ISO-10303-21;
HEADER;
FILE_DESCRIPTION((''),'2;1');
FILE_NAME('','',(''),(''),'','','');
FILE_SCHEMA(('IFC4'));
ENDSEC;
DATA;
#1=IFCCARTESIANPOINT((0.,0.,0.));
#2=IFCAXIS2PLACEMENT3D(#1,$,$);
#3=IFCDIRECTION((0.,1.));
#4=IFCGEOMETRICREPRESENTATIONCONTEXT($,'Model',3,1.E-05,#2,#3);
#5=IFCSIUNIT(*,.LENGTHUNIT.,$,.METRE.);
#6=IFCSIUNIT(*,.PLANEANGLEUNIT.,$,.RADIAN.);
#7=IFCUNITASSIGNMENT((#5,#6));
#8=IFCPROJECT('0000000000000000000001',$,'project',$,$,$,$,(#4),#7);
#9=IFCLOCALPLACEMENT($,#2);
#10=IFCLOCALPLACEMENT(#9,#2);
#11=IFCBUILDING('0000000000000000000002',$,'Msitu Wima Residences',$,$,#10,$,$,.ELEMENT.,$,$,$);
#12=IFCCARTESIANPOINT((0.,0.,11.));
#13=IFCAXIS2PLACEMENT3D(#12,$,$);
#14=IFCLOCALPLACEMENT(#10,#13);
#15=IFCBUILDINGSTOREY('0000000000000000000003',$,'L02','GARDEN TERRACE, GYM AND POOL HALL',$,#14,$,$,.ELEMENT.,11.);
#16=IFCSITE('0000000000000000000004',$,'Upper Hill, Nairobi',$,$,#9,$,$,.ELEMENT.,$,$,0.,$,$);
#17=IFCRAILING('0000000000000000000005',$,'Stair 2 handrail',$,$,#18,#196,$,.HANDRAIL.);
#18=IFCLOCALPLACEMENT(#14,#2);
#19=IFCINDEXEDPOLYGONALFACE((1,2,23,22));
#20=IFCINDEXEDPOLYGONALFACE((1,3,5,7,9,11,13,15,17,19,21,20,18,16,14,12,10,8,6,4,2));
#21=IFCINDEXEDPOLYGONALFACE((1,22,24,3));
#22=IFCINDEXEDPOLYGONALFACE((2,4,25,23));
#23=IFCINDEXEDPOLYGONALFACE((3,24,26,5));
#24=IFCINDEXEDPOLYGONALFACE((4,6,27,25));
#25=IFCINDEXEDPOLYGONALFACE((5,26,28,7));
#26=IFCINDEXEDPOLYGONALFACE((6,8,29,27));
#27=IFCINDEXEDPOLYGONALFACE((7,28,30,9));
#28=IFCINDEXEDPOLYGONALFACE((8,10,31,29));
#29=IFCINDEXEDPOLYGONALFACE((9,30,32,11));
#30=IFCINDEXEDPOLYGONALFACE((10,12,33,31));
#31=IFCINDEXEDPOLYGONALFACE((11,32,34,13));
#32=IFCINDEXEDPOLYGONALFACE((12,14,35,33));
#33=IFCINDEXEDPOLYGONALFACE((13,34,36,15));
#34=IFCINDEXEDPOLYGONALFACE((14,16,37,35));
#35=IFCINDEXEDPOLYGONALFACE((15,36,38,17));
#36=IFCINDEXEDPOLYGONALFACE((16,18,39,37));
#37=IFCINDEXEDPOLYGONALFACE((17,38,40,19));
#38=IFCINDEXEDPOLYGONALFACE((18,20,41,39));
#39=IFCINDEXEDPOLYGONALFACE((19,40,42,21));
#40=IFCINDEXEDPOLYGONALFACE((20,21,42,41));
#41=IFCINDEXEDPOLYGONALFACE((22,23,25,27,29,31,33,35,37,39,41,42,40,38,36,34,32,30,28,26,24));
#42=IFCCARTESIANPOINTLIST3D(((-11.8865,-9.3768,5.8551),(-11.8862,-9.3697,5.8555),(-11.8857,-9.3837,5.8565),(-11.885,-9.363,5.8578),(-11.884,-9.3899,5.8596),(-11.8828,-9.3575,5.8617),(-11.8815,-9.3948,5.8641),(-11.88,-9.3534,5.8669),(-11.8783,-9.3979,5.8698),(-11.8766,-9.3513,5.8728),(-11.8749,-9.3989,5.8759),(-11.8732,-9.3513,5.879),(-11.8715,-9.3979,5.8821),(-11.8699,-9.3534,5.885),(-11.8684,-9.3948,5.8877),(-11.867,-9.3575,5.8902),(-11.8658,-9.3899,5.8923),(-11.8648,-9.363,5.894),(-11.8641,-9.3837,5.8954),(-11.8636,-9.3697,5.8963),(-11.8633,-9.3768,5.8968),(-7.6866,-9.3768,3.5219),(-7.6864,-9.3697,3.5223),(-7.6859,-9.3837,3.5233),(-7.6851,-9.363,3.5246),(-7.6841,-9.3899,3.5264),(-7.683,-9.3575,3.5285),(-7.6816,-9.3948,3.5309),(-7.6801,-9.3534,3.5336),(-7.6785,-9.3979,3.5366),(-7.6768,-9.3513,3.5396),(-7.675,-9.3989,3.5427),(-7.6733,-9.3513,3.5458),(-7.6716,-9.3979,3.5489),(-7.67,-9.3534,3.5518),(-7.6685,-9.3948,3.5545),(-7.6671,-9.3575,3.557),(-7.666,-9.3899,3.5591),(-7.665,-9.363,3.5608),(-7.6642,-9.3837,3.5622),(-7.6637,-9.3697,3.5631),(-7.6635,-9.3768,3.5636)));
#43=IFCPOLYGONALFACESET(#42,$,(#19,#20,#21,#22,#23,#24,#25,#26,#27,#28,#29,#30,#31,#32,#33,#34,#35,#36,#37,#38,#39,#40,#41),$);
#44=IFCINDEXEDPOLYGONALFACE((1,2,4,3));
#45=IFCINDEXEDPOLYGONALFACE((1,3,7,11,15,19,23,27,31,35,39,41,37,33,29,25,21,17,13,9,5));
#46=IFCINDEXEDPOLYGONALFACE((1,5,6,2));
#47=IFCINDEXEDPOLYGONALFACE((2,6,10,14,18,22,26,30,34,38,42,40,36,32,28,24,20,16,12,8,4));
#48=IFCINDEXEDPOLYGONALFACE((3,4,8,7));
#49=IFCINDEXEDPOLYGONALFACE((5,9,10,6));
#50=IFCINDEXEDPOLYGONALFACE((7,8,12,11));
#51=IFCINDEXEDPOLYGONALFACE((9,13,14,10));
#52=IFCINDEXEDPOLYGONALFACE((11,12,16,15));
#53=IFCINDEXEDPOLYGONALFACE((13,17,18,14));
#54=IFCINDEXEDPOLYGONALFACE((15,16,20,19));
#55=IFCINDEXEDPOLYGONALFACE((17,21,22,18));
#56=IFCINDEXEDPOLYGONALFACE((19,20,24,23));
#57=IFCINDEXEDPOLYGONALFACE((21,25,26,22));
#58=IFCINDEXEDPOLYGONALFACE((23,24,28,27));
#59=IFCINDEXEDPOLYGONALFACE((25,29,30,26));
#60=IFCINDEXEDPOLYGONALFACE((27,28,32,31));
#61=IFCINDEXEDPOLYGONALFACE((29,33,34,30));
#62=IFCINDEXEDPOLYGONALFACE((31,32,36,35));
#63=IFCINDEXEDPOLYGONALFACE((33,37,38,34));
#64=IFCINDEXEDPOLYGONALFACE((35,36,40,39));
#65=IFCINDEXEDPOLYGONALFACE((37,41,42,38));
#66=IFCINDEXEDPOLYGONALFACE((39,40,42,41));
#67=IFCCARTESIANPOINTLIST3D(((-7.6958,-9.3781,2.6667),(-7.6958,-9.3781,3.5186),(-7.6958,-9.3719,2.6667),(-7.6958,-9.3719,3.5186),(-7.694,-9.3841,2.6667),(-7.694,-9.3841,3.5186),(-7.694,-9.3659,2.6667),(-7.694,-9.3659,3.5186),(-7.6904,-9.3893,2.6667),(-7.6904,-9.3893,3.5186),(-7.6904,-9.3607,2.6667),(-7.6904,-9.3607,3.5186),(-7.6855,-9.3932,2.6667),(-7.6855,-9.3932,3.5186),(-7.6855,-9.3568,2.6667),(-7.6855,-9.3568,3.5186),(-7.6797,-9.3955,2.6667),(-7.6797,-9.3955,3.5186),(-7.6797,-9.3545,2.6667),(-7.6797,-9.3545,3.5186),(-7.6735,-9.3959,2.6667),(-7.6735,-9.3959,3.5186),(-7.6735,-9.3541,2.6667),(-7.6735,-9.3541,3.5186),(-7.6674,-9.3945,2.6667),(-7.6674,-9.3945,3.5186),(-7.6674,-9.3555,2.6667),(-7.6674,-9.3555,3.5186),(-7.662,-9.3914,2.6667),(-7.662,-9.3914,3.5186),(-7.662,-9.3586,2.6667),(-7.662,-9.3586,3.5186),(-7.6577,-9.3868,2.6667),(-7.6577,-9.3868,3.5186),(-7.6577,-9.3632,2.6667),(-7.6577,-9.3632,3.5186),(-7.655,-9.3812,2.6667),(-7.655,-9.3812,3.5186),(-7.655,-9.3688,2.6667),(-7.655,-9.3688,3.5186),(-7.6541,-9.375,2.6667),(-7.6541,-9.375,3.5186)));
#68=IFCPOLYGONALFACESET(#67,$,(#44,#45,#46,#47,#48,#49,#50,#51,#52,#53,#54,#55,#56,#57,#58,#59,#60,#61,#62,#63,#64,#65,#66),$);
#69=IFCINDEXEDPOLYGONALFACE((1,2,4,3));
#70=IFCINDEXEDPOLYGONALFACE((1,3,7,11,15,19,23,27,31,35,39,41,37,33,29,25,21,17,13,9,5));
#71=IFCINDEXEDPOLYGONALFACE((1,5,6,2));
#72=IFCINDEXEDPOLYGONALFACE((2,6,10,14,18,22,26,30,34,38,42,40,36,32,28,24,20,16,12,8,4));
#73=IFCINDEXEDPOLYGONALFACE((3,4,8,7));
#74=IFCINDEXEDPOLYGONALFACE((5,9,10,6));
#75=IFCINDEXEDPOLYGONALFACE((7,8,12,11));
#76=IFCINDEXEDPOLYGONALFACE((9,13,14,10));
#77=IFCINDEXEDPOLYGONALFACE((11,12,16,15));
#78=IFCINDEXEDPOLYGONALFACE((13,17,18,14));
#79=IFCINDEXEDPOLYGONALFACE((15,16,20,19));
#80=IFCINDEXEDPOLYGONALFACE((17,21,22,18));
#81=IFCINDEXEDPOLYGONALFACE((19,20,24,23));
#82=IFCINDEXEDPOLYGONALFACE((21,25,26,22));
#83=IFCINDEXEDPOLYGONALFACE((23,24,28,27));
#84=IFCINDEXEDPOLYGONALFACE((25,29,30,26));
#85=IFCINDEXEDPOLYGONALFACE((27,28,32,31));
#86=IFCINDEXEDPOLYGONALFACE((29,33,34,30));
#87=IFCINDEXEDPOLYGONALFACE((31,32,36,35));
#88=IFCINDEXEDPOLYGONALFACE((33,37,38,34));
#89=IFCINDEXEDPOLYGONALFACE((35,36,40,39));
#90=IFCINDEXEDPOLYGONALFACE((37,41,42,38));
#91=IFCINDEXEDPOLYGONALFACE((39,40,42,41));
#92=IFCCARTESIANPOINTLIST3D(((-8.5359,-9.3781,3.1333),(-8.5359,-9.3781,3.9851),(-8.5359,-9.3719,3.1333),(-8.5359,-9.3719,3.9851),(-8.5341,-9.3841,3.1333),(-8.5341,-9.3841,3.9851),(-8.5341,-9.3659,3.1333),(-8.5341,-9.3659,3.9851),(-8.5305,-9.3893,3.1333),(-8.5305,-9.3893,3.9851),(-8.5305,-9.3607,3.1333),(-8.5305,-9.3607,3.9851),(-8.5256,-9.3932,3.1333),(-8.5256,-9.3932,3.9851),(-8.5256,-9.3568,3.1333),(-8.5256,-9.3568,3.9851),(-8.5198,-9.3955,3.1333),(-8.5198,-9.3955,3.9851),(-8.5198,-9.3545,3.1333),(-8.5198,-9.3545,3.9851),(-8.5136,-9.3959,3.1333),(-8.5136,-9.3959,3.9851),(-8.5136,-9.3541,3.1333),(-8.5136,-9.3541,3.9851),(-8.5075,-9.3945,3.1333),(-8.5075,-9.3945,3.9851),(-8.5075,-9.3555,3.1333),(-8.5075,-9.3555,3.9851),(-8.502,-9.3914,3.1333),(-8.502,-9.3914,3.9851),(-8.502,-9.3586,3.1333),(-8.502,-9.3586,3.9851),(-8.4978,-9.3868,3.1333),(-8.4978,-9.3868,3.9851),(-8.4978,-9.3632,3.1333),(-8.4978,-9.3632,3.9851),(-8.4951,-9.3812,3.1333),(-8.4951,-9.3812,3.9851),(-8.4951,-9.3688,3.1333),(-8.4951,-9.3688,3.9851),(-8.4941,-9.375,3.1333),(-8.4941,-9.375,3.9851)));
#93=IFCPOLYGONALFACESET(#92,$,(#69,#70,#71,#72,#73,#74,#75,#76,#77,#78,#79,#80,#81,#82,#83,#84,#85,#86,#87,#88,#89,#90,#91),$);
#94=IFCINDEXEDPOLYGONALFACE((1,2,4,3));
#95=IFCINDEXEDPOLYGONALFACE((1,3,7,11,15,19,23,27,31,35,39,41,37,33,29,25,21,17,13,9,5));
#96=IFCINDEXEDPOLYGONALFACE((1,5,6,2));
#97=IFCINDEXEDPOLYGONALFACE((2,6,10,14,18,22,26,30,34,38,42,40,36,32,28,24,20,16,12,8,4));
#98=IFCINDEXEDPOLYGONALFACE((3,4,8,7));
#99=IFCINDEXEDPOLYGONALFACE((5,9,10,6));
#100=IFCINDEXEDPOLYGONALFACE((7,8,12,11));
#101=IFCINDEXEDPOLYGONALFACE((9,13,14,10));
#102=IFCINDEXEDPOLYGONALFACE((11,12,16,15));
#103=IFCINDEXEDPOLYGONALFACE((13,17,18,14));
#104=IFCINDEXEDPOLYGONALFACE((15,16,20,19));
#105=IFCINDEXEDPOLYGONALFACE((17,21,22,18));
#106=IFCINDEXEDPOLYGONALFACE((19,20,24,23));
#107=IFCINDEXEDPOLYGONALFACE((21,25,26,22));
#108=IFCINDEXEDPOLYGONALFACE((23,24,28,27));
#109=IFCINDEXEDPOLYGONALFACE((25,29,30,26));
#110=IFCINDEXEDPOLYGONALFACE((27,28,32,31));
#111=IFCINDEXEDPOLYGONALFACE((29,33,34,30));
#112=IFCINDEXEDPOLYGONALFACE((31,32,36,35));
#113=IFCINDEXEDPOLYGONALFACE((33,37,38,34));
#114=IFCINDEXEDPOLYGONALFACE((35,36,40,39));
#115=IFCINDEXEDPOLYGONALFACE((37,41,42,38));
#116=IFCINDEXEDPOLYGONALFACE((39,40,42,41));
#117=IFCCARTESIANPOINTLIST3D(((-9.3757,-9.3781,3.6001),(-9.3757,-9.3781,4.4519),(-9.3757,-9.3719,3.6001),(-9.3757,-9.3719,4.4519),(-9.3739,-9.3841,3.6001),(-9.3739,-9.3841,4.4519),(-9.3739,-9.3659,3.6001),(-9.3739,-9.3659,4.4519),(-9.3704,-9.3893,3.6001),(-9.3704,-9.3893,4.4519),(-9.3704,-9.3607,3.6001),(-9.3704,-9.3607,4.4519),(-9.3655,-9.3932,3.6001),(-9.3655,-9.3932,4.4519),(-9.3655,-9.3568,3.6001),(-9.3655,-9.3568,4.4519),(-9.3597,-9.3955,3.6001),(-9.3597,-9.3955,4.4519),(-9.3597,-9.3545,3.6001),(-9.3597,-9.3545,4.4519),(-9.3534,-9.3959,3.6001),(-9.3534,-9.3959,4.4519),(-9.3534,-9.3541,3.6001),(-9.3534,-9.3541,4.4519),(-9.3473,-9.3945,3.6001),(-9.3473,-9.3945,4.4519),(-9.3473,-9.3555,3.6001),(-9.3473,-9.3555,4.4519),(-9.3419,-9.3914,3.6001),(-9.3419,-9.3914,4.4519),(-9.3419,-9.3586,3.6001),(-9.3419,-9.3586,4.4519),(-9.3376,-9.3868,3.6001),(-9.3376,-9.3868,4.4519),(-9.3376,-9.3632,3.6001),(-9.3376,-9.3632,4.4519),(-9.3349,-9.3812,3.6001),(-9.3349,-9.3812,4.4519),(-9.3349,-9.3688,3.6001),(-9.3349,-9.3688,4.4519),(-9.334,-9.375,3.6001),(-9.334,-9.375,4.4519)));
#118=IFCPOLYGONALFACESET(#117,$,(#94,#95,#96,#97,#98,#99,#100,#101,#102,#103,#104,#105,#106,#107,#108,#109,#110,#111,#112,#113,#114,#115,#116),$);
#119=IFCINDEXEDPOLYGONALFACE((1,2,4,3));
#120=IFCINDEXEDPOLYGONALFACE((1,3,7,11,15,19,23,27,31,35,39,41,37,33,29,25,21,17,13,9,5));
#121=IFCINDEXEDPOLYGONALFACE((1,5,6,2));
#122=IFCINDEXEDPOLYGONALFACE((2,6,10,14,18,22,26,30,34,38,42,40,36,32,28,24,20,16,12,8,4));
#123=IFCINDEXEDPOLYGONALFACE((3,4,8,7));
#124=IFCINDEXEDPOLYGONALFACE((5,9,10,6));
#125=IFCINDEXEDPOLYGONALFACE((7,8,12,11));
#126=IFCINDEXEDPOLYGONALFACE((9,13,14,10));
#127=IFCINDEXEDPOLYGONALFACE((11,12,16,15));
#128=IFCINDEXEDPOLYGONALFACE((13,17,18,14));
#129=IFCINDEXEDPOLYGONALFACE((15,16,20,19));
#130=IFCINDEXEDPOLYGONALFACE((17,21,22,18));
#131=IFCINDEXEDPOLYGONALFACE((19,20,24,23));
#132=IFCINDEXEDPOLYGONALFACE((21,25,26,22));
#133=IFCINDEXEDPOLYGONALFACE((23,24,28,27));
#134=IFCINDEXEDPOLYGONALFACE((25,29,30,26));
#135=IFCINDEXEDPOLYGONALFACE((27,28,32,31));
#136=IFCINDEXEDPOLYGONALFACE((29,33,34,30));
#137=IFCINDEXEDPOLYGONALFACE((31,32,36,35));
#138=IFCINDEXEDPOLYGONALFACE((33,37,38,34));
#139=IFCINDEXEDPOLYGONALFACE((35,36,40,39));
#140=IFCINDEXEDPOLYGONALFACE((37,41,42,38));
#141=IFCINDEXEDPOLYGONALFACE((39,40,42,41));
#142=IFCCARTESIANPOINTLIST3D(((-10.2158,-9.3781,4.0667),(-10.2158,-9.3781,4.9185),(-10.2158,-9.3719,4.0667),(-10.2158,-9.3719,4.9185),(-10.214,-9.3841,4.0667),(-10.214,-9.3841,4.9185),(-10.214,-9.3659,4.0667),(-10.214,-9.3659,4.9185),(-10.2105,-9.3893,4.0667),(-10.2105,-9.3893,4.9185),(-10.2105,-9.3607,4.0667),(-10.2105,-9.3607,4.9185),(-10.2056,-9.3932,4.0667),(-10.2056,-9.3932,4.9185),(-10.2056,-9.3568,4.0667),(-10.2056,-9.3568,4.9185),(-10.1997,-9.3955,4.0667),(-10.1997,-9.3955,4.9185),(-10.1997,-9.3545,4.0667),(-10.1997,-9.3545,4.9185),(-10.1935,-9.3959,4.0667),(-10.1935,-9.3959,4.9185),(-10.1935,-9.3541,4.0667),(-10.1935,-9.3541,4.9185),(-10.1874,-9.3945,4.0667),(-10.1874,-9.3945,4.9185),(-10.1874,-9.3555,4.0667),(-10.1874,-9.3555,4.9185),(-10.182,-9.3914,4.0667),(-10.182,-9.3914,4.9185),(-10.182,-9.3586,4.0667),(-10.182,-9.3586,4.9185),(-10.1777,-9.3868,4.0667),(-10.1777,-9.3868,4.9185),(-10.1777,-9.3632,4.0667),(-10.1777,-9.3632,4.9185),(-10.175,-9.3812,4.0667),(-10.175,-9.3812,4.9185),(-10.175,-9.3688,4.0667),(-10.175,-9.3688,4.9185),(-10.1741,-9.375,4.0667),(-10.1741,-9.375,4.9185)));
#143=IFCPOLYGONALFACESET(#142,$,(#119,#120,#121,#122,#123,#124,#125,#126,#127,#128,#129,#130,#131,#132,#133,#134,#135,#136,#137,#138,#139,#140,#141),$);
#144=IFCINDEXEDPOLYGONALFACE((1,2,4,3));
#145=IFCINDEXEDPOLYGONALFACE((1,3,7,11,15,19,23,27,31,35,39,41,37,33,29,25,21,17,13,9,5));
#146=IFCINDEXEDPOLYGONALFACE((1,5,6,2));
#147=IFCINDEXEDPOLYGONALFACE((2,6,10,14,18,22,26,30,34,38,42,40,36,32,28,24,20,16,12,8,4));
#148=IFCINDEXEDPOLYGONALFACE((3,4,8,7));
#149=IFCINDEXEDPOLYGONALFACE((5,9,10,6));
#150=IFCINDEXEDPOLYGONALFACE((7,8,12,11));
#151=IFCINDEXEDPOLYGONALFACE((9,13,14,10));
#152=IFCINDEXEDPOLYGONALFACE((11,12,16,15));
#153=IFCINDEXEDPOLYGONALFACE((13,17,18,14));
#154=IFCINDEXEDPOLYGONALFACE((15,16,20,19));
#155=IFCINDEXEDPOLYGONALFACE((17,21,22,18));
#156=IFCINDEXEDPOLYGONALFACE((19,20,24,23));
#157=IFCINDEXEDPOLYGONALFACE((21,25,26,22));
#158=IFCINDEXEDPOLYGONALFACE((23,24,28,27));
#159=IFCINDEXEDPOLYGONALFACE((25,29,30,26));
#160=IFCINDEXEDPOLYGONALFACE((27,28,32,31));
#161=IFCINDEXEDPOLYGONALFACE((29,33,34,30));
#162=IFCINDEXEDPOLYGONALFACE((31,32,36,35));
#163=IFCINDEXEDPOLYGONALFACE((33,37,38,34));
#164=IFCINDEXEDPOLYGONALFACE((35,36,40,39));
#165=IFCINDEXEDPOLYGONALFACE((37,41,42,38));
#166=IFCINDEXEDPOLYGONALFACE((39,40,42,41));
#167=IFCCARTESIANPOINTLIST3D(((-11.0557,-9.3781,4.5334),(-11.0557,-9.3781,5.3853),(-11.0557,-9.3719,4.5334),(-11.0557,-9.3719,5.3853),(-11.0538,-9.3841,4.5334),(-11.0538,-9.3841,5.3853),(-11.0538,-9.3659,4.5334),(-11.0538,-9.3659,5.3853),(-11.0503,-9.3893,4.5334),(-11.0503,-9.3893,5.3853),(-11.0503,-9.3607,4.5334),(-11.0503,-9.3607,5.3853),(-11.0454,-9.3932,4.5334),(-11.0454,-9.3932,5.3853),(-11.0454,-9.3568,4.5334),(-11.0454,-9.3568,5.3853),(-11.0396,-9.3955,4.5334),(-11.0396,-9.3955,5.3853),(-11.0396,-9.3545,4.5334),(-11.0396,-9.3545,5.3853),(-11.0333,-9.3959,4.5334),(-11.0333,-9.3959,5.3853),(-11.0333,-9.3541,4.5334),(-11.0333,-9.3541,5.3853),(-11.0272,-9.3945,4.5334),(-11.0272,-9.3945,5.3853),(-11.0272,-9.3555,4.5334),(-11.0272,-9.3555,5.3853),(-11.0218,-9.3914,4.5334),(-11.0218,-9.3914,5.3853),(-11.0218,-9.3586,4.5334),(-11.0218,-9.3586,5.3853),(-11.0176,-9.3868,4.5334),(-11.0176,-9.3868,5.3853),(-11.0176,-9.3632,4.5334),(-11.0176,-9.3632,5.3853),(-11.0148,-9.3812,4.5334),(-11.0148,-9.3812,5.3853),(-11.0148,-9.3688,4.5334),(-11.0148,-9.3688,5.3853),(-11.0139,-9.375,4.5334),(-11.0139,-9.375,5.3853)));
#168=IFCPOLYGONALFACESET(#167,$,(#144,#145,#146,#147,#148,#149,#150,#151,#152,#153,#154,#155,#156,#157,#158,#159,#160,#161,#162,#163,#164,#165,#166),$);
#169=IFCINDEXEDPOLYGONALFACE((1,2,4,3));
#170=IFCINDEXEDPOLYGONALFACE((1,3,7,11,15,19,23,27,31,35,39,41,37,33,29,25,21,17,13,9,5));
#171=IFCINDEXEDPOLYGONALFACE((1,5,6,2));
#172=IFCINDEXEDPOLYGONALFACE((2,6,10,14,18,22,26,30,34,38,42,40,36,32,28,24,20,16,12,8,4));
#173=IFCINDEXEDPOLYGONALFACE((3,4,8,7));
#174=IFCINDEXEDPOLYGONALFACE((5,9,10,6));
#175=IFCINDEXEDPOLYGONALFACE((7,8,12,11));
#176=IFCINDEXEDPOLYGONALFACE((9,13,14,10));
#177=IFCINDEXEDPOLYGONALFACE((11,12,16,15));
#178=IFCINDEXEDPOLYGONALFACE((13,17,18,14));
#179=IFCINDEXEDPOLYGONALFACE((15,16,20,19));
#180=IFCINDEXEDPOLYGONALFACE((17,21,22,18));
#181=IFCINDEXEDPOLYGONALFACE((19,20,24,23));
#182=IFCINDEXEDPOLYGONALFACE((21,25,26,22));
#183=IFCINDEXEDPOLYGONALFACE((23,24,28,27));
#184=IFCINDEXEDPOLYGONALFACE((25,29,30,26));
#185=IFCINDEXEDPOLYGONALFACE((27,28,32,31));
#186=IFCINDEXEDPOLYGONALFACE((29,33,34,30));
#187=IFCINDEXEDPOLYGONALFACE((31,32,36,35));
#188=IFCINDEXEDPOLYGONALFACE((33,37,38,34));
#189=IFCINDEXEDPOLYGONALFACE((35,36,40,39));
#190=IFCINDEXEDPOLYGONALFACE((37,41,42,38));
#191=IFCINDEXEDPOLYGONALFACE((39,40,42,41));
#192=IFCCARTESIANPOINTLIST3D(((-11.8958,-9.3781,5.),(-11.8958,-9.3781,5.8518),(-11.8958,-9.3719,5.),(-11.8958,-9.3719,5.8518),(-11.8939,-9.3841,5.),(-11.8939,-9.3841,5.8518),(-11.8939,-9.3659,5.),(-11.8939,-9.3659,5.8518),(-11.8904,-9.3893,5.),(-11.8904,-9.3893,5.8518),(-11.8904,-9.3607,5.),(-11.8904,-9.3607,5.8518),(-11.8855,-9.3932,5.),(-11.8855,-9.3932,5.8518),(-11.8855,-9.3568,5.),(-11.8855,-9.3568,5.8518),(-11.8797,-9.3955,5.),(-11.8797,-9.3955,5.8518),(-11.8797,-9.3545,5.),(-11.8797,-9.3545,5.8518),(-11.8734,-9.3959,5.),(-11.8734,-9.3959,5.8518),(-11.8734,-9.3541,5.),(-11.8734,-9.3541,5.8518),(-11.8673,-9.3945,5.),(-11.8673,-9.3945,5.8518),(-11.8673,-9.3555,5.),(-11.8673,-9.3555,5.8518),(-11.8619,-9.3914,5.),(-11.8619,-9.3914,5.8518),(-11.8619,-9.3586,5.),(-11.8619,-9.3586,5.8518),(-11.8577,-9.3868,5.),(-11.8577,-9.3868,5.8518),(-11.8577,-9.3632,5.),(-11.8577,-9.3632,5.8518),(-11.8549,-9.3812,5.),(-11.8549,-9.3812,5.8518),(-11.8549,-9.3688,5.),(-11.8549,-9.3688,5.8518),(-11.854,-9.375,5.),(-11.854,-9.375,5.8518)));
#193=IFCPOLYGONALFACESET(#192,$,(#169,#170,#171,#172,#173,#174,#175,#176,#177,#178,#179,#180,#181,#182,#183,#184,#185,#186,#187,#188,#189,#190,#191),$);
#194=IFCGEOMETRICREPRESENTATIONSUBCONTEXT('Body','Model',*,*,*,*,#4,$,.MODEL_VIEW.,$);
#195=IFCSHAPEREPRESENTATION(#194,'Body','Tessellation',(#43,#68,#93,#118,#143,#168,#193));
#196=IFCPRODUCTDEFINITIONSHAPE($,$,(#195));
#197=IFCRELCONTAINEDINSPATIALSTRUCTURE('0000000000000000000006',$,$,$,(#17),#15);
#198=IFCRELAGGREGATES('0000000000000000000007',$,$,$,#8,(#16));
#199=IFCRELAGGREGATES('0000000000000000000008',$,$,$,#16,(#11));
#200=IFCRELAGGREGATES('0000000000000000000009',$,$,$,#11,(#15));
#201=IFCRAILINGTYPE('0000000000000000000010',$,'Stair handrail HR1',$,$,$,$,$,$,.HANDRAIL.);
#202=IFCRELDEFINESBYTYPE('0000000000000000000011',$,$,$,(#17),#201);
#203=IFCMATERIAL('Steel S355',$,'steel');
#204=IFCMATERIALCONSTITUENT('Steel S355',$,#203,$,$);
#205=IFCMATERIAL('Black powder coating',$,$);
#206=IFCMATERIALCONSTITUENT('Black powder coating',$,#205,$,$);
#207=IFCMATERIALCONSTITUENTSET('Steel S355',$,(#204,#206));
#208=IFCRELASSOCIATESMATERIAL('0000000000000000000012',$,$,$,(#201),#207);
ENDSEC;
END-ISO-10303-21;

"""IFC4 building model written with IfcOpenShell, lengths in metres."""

from ifc_helpers import new_model, si_unit, direction, frame, origin, origin_2d, place, context, subcontext, project, spatial, circle, extrude, material, constituent, constituent_set, type_object, element, save


model = new_model("IFC4")

# Units and contexts
model_context = context("Model", 3, precision=1e-05, world=origin(), true_north=direction((0.0, 1.0)))
body_context = subcontext(model_context, "Body", "Model", "MODEL_VIEW")
ifc_project = project(units=[si_unit("LENGTHUNIT", "METRE"), si_unit("PLANEANGLEUNIT", "RADIAN")], contexts=[model_context])

# Site, building, storey
site_placement = place(None, origin())
site = spatial("IfcSite", under=ifc_project, at=site_placement, Name="Upper Hill, Nairobi", CompositionType="ELEMENT", RefElevation=0.0)
building_placement = place(site_placement, origin())
building = spatial("IfcBuilding", under=site, at=building_placement, Name="Msitu Wima Residences", CompositionType="ELEMENT")
storey_placement = place(building_placement, frame((0.0, 0.0, 11.0)))
storey = spatial("IfcBuildingStorey", under=building, at=storey_placement, Name="L02", Description="GARDEN TERRACE, GYM AND POOL HALL", CompositionType="ELEMENT", Elevation=11.0)

# Railing
ifc_material_1 = material(Name="Steel S355", Category="steel")
ifc_constituent_1 = constituent(ifc_material_1, Name="Steel S355")
ifc_material_2 = material(Name="Black powder coating")
ifc_constituent_2 = constituent(ifc_material_2, Name="Black powder coating")
ifc_constituent_set = constituent_set(constituents=[ifc_constituent_1, ifc_constituent_2], Name="Steel S355")
railing_type = type_object("IfcRailingType", Name="Stair handrail HR1", PredefinedType="HANDRAIL", material=ifc_constituent_set)
for number, where, name in (
    (1, (-7.675, -9.375, 2.6667), "Stair 2 handrail"),
):
    element("IfcRailing", number, at=place(storey_placement, frame(where)), inside=storey, type_object=railing_type, Name=name, PredefinedType="HANDRAIL", context=body_context, shape_type="SweptSolid", body=[
        extrude(circle(Radius=0.0239, at=origin_2d()), frame((0.0, 0.0, 0.876), z_axis=(-0.874162, 0.0, 0.485634), x_axis=(0.0, -1.0, 0.0)), (0.0, 0.0, 1.0), 4.8044),
        extrude(circle(Radius=0.021, at=origin_2d()), origin(), (0.0, 0.0, 1.0), 0.8518),
        extrude(circle(Radius=0.021, at=origin_2d()), frame((-0.8401, 0.0, 0.4666)), (0.0, 0.0, 1.0), 0.8518),
        extrude(circle(Radius=0.021, at=origin_2d()), frame((-1.6799, 0.0, 0.9333)), (0.0, 0.0, 1.0), 0.8518),
        extrude(circle(Radius=0.021, at=origin_2d()), frame((-2.52, 0.0, 1.3999)), (0.0, 0.0, 1.0), 0.8518),
        extrude(circle(Radius=0.021, at=origin_2d()), frame((-3.3599, 0.0, 1.8667)), (0.0, 0.0, 1.0), 0.8518),
        extrude(circle(Radius=0.021, at=origin_2d()), frame((-4.2, 0.0, 2.3333)), (0.0, 0.0, 1.0), 0.8518),
    ])

save(model, "model.ifc")
